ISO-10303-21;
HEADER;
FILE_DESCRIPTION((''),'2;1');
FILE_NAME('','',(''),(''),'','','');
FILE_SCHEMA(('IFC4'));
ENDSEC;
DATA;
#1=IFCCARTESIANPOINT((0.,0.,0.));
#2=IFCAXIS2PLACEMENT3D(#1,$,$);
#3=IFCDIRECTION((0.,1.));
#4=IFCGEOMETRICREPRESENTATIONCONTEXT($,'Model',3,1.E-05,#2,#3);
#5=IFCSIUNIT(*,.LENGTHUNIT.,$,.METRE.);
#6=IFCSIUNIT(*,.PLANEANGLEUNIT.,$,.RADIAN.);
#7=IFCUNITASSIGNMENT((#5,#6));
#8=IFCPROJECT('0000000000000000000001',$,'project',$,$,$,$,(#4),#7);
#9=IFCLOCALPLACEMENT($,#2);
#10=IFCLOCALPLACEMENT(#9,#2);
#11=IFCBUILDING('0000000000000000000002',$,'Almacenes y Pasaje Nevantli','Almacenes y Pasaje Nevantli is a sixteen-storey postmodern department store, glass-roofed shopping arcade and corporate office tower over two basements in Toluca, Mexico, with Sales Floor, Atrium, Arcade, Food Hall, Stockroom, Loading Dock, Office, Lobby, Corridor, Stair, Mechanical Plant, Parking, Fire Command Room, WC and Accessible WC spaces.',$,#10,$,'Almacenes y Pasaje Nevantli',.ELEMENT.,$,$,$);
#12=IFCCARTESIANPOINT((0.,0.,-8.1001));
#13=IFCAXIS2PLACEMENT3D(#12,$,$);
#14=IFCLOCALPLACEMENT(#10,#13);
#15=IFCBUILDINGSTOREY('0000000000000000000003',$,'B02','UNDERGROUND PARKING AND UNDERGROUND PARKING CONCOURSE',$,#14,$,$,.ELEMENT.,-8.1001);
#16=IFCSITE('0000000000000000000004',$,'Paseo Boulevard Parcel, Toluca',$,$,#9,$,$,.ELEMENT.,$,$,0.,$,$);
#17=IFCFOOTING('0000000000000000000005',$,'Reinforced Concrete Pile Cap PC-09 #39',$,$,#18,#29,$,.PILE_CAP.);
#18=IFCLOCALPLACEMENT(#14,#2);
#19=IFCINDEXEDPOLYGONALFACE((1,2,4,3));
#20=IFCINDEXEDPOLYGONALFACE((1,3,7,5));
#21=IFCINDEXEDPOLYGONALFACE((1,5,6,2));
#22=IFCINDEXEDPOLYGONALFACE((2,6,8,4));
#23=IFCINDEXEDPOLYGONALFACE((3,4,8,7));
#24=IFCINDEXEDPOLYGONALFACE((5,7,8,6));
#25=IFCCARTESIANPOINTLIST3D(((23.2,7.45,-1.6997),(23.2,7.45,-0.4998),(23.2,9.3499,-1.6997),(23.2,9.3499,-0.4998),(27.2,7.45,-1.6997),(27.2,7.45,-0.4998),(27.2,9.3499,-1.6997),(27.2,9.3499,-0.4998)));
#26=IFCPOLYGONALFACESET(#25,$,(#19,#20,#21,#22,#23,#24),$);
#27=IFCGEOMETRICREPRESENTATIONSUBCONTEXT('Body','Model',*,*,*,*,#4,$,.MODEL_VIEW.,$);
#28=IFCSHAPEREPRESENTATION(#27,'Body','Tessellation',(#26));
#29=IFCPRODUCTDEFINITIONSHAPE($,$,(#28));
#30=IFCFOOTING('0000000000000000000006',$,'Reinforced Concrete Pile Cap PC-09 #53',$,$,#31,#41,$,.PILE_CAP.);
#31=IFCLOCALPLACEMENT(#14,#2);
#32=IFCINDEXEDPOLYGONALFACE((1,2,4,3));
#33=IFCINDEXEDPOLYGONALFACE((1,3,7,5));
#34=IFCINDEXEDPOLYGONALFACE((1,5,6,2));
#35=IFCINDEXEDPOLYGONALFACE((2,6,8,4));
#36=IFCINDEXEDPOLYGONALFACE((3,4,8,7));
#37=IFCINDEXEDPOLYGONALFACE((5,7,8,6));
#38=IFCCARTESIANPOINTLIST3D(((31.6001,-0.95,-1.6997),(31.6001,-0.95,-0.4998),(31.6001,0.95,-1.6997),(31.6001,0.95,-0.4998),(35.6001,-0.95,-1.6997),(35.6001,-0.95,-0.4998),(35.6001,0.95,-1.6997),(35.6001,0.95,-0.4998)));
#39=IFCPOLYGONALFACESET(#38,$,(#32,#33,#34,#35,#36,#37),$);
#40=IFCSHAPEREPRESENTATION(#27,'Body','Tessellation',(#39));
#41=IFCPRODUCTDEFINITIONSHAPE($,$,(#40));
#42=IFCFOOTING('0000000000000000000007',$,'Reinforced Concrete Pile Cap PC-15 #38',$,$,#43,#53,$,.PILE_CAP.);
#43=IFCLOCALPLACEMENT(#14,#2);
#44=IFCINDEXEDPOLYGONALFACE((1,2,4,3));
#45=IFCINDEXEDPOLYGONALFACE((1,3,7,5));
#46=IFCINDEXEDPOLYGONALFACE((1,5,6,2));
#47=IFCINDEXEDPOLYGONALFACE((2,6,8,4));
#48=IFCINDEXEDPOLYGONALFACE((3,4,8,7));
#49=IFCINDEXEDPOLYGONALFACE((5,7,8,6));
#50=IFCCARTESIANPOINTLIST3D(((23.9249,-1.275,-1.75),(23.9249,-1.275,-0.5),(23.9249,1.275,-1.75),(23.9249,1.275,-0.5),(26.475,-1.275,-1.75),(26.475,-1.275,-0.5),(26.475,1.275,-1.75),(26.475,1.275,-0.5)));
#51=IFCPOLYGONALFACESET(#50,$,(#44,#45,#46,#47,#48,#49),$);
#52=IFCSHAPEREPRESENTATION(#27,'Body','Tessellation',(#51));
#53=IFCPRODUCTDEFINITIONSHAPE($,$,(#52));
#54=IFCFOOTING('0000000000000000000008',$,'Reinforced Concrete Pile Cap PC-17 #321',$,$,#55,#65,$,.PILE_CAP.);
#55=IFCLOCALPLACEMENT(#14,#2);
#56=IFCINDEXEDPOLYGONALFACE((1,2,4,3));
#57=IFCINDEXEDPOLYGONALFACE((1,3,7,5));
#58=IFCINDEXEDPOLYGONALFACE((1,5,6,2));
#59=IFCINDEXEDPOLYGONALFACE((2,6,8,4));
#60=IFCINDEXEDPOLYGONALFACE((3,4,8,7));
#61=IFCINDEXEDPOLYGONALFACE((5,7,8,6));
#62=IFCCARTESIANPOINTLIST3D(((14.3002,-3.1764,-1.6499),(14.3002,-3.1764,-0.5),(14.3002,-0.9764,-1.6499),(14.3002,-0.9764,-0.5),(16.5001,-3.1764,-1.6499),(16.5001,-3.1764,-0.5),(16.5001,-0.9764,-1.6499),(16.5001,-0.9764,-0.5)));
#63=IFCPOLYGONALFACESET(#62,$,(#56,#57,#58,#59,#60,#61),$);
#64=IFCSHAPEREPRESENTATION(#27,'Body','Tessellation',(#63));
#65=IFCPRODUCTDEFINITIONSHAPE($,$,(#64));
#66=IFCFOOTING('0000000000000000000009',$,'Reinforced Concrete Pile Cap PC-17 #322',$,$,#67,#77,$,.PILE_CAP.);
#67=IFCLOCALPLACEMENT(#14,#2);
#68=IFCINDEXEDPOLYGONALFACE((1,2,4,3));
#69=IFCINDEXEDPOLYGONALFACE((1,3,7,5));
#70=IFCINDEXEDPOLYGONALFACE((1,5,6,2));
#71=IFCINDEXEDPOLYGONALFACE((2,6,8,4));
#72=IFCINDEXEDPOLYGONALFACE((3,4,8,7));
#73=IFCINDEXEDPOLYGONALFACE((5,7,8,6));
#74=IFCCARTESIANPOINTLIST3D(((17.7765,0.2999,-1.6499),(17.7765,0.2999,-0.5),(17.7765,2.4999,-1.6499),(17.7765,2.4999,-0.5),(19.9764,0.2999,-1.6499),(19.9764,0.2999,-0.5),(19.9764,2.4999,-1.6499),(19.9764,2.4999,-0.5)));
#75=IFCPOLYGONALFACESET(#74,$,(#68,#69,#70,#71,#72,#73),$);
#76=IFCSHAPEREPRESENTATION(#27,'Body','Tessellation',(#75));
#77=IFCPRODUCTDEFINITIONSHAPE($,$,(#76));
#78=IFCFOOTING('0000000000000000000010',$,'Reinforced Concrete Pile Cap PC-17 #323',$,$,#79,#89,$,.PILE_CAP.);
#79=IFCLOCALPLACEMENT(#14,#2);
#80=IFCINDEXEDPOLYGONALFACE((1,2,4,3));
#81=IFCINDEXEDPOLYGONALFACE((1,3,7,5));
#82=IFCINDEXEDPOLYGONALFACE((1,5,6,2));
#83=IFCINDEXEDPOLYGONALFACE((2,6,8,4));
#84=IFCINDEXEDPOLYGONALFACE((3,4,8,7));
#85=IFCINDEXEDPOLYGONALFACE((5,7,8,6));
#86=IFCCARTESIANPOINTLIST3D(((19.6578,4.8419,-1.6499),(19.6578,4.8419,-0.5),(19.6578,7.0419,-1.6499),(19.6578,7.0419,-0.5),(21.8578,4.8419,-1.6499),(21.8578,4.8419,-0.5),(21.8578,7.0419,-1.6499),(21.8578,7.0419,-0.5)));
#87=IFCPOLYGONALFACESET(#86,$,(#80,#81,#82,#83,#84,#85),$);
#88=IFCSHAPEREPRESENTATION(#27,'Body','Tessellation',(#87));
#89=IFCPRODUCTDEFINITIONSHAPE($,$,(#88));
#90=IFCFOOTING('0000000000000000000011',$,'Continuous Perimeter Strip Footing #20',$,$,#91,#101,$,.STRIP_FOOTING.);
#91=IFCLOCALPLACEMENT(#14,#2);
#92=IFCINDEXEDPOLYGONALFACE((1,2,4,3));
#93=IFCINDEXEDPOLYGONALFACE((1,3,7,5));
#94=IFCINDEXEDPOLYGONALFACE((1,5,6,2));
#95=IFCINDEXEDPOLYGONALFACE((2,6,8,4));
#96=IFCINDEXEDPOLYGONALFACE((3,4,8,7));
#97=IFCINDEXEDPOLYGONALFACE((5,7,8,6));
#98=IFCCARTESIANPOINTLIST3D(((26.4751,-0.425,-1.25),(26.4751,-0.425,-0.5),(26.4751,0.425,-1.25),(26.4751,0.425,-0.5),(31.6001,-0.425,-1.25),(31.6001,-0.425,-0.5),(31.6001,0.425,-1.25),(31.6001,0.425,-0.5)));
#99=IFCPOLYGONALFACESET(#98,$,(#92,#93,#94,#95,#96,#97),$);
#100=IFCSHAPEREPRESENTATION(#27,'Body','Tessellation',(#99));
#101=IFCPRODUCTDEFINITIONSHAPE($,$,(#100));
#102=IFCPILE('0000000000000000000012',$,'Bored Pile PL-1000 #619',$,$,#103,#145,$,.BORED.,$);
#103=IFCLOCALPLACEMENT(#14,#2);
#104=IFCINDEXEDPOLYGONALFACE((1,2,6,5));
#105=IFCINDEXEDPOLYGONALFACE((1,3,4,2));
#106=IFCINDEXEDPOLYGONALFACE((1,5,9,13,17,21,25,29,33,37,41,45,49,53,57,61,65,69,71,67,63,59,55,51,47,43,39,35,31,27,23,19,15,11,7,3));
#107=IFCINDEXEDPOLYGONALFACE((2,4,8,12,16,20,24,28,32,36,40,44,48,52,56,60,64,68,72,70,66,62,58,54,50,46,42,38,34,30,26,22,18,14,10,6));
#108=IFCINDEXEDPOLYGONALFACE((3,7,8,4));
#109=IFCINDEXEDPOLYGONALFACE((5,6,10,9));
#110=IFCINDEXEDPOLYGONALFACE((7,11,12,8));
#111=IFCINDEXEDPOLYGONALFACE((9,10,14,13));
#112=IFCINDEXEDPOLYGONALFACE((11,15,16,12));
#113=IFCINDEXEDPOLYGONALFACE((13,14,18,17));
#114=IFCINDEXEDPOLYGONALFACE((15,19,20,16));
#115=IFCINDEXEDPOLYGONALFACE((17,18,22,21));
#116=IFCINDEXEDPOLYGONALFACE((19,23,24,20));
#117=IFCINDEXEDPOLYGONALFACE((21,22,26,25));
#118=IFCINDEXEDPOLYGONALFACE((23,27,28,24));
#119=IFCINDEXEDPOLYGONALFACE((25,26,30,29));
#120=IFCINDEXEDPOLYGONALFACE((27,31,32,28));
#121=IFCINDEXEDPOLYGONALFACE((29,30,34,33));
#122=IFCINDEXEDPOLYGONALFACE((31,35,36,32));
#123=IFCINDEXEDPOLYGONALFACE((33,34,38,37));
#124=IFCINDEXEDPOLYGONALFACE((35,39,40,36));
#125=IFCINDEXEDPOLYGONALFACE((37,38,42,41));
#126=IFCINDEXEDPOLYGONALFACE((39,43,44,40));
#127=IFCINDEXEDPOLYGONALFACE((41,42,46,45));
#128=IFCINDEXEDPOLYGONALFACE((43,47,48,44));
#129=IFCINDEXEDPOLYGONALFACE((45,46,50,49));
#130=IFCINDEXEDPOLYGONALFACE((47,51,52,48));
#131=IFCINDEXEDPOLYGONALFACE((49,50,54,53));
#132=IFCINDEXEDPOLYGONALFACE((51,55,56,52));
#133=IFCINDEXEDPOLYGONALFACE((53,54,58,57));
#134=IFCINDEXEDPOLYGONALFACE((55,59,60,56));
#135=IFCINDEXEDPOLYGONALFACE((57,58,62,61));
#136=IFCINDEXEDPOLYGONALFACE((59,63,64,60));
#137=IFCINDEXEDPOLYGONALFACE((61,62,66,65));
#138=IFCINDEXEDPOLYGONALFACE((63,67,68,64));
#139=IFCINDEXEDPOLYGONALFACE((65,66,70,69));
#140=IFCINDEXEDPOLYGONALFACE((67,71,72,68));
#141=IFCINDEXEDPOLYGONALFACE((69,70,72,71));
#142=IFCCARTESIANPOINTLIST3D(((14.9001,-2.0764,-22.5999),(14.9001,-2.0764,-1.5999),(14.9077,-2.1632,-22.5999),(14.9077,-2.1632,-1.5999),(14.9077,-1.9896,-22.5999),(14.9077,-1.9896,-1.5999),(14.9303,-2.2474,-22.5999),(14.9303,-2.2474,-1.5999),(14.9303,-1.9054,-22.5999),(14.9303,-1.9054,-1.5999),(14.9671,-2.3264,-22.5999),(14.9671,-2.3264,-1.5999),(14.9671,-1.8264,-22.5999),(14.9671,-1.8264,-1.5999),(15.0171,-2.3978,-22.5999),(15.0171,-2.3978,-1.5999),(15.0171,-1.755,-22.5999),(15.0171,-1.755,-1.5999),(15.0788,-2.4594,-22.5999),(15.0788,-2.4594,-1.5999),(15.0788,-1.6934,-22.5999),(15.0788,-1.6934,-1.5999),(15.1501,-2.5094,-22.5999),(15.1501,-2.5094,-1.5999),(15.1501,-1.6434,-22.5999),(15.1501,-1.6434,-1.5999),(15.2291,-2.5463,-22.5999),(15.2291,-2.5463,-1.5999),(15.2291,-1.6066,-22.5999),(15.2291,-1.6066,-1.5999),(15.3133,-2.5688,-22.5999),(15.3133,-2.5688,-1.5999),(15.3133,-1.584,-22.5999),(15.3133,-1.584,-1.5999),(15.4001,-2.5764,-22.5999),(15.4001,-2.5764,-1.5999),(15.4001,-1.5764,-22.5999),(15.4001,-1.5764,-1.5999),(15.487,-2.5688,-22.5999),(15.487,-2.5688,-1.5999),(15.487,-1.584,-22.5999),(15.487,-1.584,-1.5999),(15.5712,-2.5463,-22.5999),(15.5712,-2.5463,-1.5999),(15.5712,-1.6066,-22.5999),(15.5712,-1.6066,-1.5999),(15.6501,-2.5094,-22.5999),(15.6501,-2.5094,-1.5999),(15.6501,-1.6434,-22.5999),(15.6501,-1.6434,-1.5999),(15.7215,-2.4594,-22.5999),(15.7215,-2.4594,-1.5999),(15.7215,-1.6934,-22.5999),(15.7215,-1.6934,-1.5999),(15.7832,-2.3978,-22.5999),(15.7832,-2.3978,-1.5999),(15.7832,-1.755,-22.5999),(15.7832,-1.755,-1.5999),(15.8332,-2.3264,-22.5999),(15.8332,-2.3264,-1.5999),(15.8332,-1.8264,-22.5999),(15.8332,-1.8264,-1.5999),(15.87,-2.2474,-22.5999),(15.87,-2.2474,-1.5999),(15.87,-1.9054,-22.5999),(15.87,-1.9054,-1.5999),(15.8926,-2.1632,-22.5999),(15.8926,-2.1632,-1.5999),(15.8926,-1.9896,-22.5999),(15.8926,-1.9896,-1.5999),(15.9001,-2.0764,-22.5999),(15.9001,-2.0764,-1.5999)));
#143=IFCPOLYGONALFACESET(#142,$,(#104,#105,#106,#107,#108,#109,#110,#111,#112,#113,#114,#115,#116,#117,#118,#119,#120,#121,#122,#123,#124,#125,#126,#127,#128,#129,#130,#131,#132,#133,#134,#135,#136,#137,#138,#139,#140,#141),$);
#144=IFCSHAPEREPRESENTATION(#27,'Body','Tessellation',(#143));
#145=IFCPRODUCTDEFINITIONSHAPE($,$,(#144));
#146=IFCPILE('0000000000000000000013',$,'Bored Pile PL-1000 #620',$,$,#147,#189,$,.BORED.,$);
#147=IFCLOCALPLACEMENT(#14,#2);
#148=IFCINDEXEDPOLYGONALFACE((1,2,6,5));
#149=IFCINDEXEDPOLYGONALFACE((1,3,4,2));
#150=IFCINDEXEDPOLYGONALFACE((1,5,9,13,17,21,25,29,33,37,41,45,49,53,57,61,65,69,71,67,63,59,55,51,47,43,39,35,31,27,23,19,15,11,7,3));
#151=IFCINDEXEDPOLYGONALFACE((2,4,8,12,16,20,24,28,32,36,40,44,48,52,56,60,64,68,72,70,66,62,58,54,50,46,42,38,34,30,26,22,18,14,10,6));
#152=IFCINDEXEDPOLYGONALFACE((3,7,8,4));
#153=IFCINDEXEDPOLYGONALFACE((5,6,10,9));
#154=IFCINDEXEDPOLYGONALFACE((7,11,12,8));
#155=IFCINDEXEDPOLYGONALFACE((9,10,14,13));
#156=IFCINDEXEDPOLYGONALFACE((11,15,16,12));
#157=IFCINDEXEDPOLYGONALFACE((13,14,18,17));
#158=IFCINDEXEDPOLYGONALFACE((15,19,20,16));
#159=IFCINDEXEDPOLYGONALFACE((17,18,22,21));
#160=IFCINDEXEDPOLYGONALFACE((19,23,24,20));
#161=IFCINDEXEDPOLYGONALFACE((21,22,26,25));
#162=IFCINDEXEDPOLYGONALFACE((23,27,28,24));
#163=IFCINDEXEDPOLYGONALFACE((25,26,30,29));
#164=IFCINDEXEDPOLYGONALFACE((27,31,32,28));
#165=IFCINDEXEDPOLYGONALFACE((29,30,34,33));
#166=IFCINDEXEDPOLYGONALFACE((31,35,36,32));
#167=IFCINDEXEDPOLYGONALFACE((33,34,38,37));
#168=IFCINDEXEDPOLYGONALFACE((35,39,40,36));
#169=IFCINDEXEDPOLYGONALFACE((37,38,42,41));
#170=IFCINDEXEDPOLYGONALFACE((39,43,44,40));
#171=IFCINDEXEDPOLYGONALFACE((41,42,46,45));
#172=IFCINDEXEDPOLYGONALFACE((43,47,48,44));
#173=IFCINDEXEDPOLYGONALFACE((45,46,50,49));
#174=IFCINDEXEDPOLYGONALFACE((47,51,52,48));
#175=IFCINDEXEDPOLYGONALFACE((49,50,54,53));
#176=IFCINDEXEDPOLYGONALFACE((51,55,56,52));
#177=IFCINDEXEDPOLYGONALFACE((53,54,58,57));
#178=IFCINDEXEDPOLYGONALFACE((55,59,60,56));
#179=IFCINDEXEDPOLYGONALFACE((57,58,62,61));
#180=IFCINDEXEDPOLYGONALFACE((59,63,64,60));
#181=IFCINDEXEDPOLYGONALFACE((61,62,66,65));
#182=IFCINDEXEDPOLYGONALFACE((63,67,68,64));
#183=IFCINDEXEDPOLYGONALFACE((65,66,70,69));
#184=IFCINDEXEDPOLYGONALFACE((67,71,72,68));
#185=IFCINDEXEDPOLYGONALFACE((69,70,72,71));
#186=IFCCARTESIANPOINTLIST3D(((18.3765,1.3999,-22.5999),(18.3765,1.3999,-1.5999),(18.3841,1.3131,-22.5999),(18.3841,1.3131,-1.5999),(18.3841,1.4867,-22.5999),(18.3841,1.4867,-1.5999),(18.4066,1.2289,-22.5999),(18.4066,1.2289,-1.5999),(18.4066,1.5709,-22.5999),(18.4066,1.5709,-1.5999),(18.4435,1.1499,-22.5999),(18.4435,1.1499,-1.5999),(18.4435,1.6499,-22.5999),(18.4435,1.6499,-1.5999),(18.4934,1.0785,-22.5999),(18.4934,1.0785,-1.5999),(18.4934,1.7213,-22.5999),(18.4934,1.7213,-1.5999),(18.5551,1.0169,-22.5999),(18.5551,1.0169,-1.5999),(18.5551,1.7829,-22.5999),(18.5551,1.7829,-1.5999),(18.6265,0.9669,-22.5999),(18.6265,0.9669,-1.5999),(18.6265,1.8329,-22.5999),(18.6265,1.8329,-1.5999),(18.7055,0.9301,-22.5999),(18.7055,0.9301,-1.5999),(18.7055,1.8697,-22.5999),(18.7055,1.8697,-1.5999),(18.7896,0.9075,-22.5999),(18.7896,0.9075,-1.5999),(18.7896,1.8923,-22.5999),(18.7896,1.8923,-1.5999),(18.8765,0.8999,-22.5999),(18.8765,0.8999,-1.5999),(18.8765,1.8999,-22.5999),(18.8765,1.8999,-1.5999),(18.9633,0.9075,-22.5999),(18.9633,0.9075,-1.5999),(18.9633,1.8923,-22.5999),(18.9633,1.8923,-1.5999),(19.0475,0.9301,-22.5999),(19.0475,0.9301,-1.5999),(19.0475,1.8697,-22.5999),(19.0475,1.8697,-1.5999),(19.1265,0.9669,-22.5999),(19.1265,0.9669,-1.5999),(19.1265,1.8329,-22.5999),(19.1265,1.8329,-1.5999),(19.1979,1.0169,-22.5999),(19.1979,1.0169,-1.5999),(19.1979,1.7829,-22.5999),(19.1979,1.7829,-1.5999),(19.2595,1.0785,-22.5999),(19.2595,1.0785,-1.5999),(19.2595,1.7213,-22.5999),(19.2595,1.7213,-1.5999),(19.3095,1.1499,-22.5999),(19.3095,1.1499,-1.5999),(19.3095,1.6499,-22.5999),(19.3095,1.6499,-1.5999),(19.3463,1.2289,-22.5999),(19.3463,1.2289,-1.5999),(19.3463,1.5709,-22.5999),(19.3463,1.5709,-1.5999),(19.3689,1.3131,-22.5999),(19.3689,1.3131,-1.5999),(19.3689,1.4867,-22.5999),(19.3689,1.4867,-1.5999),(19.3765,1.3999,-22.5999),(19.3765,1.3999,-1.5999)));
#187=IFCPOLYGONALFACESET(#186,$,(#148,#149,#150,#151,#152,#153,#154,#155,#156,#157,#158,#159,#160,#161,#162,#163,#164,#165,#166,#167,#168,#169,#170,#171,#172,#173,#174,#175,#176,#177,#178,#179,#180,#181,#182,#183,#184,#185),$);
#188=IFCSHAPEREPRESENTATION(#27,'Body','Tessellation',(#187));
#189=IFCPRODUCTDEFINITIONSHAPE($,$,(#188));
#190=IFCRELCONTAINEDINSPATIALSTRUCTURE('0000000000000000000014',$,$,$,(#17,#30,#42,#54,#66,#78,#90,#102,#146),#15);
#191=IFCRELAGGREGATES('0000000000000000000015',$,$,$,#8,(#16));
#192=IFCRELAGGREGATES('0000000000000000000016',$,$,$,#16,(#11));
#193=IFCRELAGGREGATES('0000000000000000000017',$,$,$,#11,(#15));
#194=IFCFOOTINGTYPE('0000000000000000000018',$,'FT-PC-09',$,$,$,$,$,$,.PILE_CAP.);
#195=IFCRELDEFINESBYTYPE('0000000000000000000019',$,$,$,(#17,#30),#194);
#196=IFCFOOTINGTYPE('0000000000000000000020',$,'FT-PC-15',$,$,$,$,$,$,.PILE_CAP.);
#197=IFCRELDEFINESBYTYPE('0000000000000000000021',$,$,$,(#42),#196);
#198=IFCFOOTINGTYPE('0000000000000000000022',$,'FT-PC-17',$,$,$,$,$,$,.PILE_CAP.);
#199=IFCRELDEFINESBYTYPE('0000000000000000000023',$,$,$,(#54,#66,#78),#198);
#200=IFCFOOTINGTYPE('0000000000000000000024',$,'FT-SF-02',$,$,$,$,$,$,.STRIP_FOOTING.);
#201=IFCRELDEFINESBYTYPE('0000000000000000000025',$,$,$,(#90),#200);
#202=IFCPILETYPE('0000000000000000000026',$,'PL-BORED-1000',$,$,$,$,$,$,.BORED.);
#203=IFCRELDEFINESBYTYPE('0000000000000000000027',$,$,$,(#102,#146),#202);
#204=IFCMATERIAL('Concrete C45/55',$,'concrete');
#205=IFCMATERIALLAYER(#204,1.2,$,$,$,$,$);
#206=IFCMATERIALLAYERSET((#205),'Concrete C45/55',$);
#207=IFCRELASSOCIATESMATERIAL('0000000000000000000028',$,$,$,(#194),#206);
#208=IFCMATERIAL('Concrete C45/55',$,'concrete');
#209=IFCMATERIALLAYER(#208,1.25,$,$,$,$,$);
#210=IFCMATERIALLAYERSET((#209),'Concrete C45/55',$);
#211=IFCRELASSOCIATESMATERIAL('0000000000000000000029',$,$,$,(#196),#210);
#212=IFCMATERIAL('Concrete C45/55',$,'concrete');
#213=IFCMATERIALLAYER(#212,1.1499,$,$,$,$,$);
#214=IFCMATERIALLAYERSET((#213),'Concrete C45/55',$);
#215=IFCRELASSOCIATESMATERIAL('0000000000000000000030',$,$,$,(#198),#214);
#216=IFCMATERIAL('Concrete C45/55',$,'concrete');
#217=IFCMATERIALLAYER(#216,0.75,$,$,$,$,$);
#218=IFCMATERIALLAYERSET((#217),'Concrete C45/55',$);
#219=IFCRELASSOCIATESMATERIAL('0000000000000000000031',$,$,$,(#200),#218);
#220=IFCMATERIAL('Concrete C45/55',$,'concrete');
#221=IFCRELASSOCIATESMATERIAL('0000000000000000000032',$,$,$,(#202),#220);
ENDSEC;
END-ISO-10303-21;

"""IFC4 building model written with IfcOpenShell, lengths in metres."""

from ifc_helpers import new_model, si_unit, direction, frame, origin, origin_2d, place, context, subcontext, project, spatial, rectangle, circle, extrude, material, layer, layer_set, material_profile, profile_set, type_object, element, save


model = new_model("IFC4")

# Units and contexts
model_context = context("Model", 3, precision=1e-05, world=origin(), true_north=direction((0.0, 1.0)))
body_context = subcontext(model_context, "Body", "Model", "MODEL_VIEW")
ifc_project = project(units=[si_unit("LENGTHUNIT", "METRE"), si_unit("PLANEANGLEUNIT", "RADIAN")], contexts=[model_context])

# Site, building, storey
site_placement = place(None, origin())
site = spatial("IfcSite", under=ifc_project, at=site_placement, Name="Paseo Boulevard Parcel, Toluca", CompositionType="ELEMENT", RefElevation=0.0)
building_placement = place(site_placement, origin())
building = spatial("IfcBuilding", under=site, at=building_placement, Name="Almacenes y Pasaje Nevantli", Description="Almacenes y Pasaje Nevantli is a sixteen-storey postmodern department store, glass-roofed shopping arcade and corporate office tower over two basements in Toluca, Mexico, with Sales Floor, Atrium, Arcade, Food Hall, Stockroom, Loading Dock, Office, Lobby, Corridor, Stair, Mechanical Plant, Parking, Fire Command Room, WC and Accessible WC spaces.", LongName="Almacenes y Pasaje Nevantli", CompositionType="ELEMENT")
storey_placement = place(building_placement, frame((0.0, 0.0, -8.1001)))
storey = spatial("IfcBuildingStorey", under=building, at=storey_placement, Name="B02", Description="UNDERGROUND PARKING AND UNDERGROUND PARKING CONCOURSE", CompositionType="ELEMENT", Elevation=-8.1001)

# Footings
ifc_material_1 = material(Name="Concrete C45/55", Category="concrete")
ifc_layer_1 = layer(ifc_material_1, 1.2)
ifc_layer_set_1 = layer_set([ifc_layer_1], Name="Concrete C45/55")
footing_type_1 = type_object("IfcFootingType", Name="FT-PC-09", PredefinedType="PILE_CAP", material=ifc_layer_set_1)
for number, where, z_axis, x_axis, name in (
    (1, (25.2, 8.3999, -1.6997), (0.0, 0.0, 1.0), (1.0, 0.0, 0.0), "Reinforced Concrete Pile Cap PC-09 #39"),
    (2, (33.6001, 0.0, -1.6997), (0.0, 0.0, 1.0), (1.0, 0.0, 0.0), "Reinforced Concrete Pile Cap PC-09 #53"),
):
    element("IfcFooting", number, at=place(storey_placement, frame(where, z_axis=z_axis, x_axis=x_axis)), inside=storey, type_object=footing_type_1, Name=name, PredefinedType="PILE_CAP", context=body_context, shape_type="SweptSolid", body=[
        extrude(rectangle(XDim=4.0, YDim=1.8999, at=origin_2d()), origin(), (0.0, 0.0, 1.0), 1.2),
    ])
ifc_material_2 = material(Name="Concrete C45/55", Category="concrete")
ifc_layer_2 = layer(ifc_material_2, 1.25)
ifc_layer_set_2 = layer_set([ifc_layer_2], Name="Concrete C45/55")
footing_type_2 = type_object("IfcFootingType", Name="FT-PC-15", PredefinedType="PILE_CAP", material=ifc_layer_set_2)
footing_1_placement = place(storey_placement, frame((25.2, 0.0, -1.75), z_axis=(0.0, 0.0, 1.0), x_axis=(1.0, 0.0, 0.0)))
element("IfcFooting", 3, at=footing_1_placement, inside=storey, type_object=footing_type_2, Name="Reinforced Concrete Pile Cap PC-15 #38", PredefinedType="PILE_CAP", context=body_context, shape_type="SweptSolid", body=[
    extrude(rectangle(XDim=2.55, YDim=2.55, at=origin_2d()), origin(), (0.0, 0.0, 1.0), 1.25),
])
ifc_material_3 = material(Name="Concrete C45/55", Category="concrete")
ifc_layer_3 = layer(ifc_material_3, 1.1499)
ifc_layer_set_3 = layer_set([ifc_layer_3], Name="Concrete C45/55")
footing_type_3 = type_object("IfcFootingType", Name="FT-PC-17", PredefinedType="PILE_CAP", material=ifc_layer_set_3)
for number, where, z_axis, x_axis, name in (
    (4, (15.4001, -2.0764, -1.6499), (0.0, 0.0, 1.0), (1.0, 0.0, 0.0), "Reinforced Concrete Pile Cap PC-17 #321"),
    (5, (18.8765, 1.3999, -1.6499), (0.0, 0.0, 1.0), (1.0, 0.0, 0.0), "Reinforced Concrete Pile Cap PC-17 #322"),
    (6, (20.7578, 5.9419, -1.6499), (0.0, 0.0, 1.0), (1.0, 0.0, 0.0), "Reinforced Concrete Pile Cap PC-17 #323"),
):
    element("IfcFooting", number, at=place(storey_placement, frame(where, z_axis=z_axis, x_axis=x_axis)), inside=storey, type_object=footing_type_3, Name=name, PredefinedType="PILE_CAP", context=body_context, shape_type="SweptSolid", body=[
        extrude(rectangle(XDim=2.2, YDim=2.2, at=origin_2d()), origin(), (0.0, 0.0, 1.0), 1.1499),
    ])
ifc_material_4 = material(Name="Concrete C45/55", Category="concrete")
ifc_layer_4 = layer(ifc_material_4, 0.75)
ifc_layer_set_4 = layer_set([ifc_layer_4], Name="Concrete C45/55")
footing_type_4 = type_object("IfcFootingType", Name="FT-SF-02", PredefinedType="STRIP_FOOTING", material=ifc_layer_set_4)
footing_2_placement = place(storey_placement, frame((29.0376, 0.0, -1.25), z_axis=(0.0, 0.0, 1.0), x_axis=(1.0, 0.0, 0.0)))
element("IfcFooting", 7, at=footing_2_placement, inside=storey, type_object=footing_type_4, Name="Continuous Perimeter Strip Footing #20", PredefinedType="STRIP_FOOTING", context=body_context, shape_type="SweptSolid", body=[
    extrude(rectangle(XDim=5.125, YDim=0.8501, at=origin_2d()), origin(), (0.0, 0.0, 1.0), 0.75),
])

# Piles
ifc_material_5 = material(Name="Concrete C45/55", Category="concrete")
ifc_material_profile_1 = material_profile(ifc_material_5, circle(Radius=0.5, at=origin_2d()), Name="RC-PILE-D1000")
ifc_profile_set_1 = profile_set([ifc_material_profile_1], Name="Concrete C45/55")
pile_type_1 = type_object("IfcPileType", Name="PL-BORED-1000", PredefinedType="BORED", material=ifc_profile_set_1)
for number, where, z_axis, x_axis, name in (
    (8, (15.4001, -2.0764, -1.5999), (0.0, 0.0, -1.0), (1.0, 0.0, 0.0), "Bored Pile PL-1000 #619"),
    (9, (18.8765, 1.3999, -1.5999), (0.0, 0.0, -1.0), (1.0, 0.0, 0.0), "Bored Pile PL-1000 #620"),
):
    element("IfcPile", number, at=place(storey_placement, frame(where, z_axis=z_axis, x_axis=x_axis)), inside=storey, type_object=pile_type_1, Name=name, PredefinedType="BORED", context=body_context, shape_type="SweptSolid", body=[
        extrude(circle(Radius=0.5, at=origin_2d()), origin(), (0.0, 0.0, 1.0), 21.0),
    ])

save(model, "model.ifc")
